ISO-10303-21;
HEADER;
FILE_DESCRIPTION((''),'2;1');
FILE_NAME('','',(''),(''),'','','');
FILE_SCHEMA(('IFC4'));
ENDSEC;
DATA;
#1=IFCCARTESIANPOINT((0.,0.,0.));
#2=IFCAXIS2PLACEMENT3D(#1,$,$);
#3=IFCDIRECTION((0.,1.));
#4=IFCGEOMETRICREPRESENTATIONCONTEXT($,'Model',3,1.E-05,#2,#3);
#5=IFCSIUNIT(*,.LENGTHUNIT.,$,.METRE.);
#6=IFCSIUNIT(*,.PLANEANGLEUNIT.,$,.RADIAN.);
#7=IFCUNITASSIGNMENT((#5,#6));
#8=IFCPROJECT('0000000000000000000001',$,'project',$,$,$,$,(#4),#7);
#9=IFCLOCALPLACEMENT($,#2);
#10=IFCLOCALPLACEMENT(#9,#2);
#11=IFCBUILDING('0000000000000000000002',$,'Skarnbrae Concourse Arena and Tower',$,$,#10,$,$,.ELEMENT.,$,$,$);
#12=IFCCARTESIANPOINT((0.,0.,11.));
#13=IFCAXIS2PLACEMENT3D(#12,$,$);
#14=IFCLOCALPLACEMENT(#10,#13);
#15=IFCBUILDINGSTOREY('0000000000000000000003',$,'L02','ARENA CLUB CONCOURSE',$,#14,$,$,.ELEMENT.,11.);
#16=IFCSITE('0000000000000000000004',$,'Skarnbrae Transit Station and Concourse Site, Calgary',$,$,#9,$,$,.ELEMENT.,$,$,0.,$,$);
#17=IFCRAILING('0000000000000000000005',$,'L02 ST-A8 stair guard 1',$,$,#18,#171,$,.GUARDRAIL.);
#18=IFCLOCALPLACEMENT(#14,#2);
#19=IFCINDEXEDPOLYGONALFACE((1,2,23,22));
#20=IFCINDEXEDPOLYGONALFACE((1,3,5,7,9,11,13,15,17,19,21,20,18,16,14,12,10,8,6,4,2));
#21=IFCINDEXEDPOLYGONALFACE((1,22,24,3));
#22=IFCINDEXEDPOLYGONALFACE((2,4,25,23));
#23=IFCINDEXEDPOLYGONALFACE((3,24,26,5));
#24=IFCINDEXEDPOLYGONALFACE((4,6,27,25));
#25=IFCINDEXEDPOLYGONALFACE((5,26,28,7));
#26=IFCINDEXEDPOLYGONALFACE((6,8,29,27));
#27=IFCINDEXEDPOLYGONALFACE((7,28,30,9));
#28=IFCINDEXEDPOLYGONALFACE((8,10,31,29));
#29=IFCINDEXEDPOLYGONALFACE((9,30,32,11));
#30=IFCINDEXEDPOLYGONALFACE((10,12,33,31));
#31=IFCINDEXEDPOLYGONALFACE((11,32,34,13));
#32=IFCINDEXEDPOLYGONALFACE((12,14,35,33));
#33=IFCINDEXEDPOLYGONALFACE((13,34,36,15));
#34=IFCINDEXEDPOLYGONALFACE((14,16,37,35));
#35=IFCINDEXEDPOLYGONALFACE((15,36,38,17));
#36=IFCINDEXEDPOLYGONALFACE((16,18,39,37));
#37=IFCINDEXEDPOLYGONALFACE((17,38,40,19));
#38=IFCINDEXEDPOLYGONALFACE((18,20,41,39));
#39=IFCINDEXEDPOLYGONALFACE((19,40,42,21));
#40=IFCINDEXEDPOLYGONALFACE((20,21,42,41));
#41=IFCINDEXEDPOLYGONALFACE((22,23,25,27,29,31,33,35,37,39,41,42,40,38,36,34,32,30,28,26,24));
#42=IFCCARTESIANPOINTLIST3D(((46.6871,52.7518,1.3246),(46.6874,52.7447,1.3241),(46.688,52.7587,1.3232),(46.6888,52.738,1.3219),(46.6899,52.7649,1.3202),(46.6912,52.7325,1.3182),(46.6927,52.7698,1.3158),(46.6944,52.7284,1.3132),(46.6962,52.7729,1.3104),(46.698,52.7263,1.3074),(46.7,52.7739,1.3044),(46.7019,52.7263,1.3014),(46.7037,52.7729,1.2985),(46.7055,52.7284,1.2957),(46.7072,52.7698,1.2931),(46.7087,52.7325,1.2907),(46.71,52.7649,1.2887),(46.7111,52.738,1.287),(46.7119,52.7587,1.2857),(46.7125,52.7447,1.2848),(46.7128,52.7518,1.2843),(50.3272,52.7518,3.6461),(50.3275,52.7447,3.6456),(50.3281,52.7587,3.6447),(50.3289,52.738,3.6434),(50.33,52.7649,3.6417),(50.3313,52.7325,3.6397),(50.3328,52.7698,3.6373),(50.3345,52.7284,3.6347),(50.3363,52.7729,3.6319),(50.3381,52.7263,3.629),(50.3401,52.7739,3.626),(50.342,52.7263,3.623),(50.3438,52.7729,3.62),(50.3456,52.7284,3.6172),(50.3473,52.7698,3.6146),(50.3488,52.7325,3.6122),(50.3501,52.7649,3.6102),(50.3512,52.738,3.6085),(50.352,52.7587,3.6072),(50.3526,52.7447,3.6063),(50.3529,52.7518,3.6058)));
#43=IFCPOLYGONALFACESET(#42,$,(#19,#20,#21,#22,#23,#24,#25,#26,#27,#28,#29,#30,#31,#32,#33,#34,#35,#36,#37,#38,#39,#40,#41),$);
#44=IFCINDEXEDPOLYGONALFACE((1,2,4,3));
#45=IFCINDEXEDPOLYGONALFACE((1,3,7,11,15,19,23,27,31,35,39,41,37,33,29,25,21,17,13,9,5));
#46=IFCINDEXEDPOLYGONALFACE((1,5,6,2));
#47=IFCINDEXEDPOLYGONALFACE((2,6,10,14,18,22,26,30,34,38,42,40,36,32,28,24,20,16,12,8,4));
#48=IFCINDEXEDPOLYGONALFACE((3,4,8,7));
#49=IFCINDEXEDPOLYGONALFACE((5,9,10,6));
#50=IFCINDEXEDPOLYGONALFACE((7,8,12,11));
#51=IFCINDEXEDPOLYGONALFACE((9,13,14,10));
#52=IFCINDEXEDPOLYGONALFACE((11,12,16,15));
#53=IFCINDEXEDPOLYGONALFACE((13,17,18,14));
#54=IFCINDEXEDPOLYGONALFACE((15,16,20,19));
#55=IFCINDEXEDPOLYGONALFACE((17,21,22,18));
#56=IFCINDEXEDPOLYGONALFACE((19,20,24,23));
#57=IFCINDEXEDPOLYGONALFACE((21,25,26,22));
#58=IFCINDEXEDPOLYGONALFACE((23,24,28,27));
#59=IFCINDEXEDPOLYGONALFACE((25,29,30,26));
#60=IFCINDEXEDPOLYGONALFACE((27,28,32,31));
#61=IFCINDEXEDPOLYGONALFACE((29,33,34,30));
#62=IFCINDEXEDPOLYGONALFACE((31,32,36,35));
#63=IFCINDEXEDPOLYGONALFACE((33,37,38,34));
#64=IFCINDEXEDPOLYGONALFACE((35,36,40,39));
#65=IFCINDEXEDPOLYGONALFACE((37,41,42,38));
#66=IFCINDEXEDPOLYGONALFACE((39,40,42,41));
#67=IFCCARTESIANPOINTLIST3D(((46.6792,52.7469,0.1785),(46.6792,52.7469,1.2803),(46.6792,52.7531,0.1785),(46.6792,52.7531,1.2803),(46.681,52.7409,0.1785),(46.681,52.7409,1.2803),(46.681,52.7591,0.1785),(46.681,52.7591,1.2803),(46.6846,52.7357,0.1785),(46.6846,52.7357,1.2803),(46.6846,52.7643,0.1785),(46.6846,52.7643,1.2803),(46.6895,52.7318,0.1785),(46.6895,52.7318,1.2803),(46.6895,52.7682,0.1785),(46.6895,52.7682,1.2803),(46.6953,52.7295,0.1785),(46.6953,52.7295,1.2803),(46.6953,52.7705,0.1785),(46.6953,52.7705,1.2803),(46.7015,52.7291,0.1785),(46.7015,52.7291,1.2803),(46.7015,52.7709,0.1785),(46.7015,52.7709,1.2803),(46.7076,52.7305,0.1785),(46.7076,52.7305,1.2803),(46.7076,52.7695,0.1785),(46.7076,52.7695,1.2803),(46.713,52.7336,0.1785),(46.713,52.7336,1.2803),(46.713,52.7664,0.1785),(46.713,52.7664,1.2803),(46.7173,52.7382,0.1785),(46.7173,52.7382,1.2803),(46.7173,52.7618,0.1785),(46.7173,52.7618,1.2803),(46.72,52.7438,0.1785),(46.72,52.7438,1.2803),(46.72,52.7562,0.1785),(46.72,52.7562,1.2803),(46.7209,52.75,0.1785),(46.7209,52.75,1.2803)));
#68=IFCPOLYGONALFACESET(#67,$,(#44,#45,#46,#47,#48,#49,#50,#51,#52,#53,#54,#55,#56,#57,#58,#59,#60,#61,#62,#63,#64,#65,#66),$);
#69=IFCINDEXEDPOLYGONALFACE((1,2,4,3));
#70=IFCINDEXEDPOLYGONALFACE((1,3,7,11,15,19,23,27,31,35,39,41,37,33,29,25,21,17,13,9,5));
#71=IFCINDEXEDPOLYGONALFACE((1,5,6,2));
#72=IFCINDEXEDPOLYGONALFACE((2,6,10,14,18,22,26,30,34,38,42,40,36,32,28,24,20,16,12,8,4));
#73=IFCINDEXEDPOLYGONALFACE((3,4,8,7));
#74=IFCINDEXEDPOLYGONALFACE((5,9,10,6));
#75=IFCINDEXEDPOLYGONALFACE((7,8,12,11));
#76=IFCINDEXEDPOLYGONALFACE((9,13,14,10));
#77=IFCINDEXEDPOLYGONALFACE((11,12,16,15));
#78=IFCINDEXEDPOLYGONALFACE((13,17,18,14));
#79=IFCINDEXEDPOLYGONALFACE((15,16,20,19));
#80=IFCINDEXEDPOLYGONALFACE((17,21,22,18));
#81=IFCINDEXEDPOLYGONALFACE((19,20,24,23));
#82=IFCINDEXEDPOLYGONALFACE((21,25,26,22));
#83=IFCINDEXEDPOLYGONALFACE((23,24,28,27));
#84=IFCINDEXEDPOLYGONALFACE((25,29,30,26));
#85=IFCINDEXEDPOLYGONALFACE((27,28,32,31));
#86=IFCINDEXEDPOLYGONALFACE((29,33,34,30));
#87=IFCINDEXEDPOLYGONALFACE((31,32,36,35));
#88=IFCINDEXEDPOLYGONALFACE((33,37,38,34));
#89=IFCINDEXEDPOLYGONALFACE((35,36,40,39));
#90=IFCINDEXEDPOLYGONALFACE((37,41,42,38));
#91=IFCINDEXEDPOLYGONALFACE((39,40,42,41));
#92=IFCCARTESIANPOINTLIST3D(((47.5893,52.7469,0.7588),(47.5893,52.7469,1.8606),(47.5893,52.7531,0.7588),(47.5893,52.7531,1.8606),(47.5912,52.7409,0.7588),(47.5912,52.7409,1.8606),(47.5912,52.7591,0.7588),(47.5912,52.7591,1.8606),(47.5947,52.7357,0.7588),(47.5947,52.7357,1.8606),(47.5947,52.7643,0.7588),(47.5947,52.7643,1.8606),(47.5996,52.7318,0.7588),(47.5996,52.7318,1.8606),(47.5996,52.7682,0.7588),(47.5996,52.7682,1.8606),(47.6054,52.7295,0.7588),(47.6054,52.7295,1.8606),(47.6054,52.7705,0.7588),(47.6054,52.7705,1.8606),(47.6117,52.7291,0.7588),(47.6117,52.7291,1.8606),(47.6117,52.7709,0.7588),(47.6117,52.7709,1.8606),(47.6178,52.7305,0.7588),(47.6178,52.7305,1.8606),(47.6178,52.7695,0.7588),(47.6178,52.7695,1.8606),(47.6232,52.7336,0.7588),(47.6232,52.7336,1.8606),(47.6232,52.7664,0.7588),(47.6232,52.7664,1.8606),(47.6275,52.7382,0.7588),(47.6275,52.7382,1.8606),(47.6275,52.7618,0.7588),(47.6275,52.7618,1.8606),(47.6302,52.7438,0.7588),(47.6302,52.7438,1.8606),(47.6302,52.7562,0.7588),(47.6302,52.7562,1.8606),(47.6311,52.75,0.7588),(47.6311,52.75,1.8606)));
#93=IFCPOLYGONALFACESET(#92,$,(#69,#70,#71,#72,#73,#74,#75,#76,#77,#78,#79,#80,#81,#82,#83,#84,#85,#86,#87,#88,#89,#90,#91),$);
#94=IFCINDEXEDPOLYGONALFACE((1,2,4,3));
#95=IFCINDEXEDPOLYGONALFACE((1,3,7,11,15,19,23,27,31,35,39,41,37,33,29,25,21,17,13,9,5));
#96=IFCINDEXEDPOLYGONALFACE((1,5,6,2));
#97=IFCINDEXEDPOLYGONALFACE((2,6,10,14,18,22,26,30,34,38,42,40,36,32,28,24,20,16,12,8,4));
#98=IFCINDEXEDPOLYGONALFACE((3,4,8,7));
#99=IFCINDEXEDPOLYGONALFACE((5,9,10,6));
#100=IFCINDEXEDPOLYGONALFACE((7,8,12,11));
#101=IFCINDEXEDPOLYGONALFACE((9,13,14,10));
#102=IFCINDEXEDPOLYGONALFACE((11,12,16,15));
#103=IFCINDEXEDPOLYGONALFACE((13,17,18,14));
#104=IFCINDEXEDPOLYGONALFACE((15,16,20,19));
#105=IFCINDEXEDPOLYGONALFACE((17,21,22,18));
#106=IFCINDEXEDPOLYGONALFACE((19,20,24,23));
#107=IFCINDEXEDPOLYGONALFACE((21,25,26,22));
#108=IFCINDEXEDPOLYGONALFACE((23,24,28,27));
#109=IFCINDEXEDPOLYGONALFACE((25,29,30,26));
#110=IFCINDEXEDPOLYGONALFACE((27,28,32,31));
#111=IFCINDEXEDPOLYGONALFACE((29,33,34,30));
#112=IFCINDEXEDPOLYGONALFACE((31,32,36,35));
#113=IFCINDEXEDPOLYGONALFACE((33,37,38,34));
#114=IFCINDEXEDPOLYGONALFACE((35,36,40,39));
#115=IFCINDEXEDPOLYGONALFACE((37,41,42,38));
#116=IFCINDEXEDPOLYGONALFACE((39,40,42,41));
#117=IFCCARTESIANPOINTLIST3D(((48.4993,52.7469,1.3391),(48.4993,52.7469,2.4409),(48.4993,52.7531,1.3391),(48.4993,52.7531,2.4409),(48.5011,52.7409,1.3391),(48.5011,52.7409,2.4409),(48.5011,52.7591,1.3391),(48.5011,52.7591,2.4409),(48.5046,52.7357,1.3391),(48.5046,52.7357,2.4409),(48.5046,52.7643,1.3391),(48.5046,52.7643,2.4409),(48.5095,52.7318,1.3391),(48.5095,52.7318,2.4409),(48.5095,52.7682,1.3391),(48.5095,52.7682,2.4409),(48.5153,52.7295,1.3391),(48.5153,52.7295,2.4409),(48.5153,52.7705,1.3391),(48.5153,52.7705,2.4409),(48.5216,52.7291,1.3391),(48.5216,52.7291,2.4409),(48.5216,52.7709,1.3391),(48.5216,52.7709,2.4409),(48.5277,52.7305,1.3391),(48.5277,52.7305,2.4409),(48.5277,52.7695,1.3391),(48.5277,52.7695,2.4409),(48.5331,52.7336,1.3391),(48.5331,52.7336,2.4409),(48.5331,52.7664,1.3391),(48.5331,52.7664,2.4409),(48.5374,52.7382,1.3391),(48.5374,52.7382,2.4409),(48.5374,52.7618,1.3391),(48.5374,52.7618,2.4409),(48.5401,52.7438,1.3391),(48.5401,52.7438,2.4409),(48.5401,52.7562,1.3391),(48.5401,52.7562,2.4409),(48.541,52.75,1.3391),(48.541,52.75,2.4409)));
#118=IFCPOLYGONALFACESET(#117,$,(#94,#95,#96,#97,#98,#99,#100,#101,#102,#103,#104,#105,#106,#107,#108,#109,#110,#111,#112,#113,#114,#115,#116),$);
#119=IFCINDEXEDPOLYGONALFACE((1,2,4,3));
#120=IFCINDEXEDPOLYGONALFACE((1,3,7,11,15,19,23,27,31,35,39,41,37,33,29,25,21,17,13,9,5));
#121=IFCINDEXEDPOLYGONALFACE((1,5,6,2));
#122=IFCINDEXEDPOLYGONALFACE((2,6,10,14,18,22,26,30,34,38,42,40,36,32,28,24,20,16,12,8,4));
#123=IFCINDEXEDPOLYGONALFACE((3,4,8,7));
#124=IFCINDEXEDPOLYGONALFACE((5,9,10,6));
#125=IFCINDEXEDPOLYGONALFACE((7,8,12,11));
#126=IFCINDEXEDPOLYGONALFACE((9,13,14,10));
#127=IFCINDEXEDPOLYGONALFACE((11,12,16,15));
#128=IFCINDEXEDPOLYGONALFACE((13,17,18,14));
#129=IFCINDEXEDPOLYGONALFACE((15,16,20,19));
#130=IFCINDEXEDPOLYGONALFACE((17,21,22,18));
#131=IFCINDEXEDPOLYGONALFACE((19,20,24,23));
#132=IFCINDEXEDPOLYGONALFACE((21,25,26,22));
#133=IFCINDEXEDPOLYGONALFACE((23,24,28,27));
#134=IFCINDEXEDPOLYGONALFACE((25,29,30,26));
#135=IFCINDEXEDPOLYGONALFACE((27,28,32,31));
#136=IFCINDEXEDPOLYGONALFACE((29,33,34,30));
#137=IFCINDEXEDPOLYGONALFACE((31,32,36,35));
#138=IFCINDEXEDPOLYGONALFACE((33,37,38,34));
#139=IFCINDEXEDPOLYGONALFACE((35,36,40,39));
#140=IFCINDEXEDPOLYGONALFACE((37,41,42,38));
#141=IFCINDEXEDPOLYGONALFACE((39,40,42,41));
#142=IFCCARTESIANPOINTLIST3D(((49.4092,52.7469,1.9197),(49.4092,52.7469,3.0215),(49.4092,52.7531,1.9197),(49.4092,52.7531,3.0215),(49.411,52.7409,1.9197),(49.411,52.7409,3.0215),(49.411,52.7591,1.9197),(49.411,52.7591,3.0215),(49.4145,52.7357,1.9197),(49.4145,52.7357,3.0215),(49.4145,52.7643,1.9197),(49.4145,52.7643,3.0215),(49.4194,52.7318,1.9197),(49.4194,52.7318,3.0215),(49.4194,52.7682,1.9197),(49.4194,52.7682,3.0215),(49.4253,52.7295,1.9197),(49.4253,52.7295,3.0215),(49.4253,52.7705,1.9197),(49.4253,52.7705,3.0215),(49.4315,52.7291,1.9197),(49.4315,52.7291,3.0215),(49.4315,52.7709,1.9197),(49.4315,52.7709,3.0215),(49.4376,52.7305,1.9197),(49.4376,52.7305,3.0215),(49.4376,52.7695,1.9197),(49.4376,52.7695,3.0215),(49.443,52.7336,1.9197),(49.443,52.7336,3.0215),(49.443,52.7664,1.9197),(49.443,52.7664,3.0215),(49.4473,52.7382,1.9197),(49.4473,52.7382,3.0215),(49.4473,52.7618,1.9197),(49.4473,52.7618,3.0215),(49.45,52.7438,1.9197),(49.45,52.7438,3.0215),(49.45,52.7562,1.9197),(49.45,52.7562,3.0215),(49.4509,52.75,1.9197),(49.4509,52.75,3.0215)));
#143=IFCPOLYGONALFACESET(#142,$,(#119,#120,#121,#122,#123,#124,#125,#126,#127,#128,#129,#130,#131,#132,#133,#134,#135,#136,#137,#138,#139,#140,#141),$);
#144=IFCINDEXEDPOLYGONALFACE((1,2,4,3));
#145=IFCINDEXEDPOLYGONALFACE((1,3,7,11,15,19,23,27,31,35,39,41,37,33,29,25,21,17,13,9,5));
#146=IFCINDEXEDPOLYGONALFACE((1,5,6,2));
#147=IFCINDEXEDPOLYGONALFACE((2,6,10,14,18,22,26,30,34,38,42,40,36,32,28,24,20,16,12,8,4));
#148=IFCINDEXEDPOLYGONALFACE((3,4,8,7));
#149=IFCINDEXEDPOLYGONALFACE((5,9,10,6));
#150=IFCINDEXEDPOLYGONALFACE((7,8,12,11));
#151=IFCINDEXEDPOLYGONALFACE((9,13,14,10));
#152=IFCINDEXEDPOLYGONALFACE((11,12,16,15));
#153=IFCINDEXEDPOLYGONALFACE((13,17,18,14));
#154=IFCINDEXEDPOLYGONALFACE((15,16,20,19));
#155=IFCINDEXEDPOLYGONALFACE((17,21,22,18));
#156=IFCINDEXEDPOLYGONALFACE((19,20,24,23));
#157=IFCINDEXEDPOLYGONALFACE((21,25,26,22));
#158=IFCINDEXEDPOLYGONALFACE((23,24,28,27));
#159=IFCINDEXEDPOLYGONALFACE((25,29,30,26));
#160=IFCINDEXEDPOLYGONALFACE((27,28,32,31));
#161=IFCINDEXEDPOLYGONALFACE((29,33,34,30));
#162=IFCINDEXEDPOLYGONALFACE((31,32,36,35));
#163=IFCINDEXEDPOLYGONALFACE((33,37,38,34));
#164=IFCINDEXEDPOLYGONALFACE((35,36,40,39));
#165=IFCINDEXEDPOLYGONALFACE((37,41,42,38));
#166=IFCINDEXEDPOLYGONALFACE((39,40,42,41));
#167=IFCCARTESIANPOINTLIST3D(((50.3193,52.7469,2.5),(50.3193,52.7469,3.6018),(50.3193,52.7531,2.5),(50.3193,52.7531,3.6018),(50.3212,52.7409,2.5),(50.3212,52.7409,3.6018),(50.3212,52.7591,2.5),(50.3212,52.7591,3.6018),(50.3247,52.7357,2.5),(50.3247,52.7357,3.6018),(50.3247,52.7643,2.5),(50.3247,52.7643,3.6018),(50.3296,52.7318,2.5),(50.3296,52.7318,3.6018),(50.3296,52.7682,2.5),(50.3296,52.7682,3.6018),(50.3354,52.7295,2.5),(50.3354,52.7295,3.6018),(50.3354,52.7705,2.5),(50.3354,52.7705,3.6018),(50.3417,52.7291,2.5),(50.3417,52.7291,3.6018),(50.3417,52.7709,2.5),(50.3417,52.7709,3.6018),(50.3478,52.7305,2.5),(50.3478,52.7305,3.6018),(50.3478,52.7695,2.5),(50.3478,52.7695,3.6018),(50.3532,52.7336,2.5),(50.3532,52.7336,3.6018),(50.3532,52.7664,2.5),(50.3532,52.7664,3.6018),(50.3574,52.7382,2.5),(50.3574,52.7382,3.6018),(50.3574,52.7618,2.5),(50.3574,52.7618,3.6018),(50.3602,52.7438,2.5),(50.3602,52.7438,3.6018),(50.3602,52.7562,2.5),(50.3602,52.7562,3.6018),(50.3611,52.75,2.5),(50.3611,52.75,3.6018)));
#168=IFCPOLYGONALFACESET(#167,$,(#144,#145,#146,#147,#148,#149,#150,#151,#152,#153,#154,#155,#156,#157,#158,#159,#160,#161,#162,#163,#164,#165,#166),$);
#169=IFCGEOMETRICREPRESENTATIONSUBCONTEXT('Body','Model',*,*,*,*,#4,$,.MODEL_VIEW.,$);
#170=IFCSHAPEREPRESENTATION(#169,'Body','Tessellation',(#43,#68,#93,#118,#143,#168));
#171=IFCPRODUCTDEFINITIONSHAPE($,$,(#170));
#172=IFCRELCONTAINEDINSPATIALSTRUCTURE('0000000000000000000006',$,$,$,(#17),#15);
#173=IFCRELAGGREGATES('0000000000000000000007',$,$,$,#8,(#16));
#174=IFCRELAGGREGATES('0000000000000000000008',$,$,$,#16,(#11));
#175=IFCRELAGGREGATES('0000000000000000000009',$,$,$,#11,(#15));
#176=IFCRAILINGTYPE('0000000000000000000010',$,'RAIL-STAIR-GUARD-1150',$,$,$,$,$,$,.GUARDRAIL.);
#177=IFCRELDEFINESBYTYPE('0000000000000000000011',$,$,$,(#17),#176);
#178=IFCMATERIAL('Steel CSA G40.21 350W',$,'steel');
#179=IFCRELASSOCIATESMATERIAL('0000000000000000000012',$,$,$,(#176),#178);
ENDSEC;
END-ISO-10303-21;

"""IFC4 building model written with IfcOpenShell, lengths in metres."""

from ifc_helpers import new_model, si_unit, direction, frame, origin, origin_2d, place, context, subcontext, project, spatial, circle, extrude, material, type_object, element, save


model = new_model("IFC4")

# Units and contexts
model_context = context("Model", 3, precision=1e-05, world=origin(), true_north=direction((0.0, 1.0)))
body_context = subcontext(model_context, "Body", "Model", "MODEL_VIEW")
ifc_project = project(units=[si_unit("LENGTHUNIT", "METRE"), si_unit("PLANEANGLEUNIT", "RADIAN")], contexts=[model_context])

# Site, building, storey
site_placement = place(None, origin())
site = spatial("IfcSite", under=ifc_project, at=site_placement, Name="Skarnbrae Transit Station and Concourse Site, Calgary", CompositionType="ELEMENT", RefElevation=0.0)
building_placement = place(site_placement, origin())
building = spatial("IfcBuilding", under=site, at=building_placement, Name="Skarnbrae Concourse Arena and Tower", CompositionType="ELEMENT")
storey_placement = place(building_placement, frame((0.0, 0.0, 11.0)))
storey = spatial("IfcBuildingStorey", under=building, at=storey_placement, Name="L02", Description="ARENA CLUB CONCOURSE", CompositionType="ELEMENT", Elevation=11.0)

# Shared definitions
ifc_material_1 = material(Name="Steel CSA G40.21 350W", Category="steel")

# Railing
railing_type_1 = type_object("IfcRailingType", Name="RAIL-STAIR-GUARD-1150", PredefinedType="GUARDRAIL", material=ifc_material_1)
railing_1_placement = place(storey_placement, frame((46.7, 52.75, 0.1785)))
element("IfcRailing", 1, at=railing_1_placement, inside=storey, type_object=railing_type_1, Name="L02 ST-A8 stair guard 1", PredefinedType="GUARDRAIL", context=body_context, shape_type="SweptSolid", body=[
    extrude(circle(Radius=0.0239, at=origin_2d()), frame((0.0, 0.0, 1.126), z_axis=(0.843128, 0.0, 0.537713), x_axis=(0.0, 1.0, 0.0)), (0.0, 0.0, 1.0), 4.3174),
    extrude(circle(Radius=0.021, at=origin_2d()), origin(), (0.0, 0.0, 1.0), 1.1018),
    extrude(circle(Radius=0.021, at=origin_2d()), frame((0.9102, 0.0, 0.5803)), (0.0, 0.0, 1.0), 1.1018),
    extrude(circle(Radius=0.021, at=origin_2d()), frame((1.8201, 0.0, 1.1606)), (0.0, 0.0, 1.0), 1.1018),
    extrude(circle(Radius=0.021, at=origin_2d()), frame((2.73, 0.0, 1.7412)), (0.0, 0.0, 1.0), 1.1018),
    extrude(circle(Radius=0.021, at=origin_2d()), frame((3.6401, 0.0, 2.3215)), (0.0, 0.0, 1.0), 1.1018),
])

save(model, "model.ifc")
